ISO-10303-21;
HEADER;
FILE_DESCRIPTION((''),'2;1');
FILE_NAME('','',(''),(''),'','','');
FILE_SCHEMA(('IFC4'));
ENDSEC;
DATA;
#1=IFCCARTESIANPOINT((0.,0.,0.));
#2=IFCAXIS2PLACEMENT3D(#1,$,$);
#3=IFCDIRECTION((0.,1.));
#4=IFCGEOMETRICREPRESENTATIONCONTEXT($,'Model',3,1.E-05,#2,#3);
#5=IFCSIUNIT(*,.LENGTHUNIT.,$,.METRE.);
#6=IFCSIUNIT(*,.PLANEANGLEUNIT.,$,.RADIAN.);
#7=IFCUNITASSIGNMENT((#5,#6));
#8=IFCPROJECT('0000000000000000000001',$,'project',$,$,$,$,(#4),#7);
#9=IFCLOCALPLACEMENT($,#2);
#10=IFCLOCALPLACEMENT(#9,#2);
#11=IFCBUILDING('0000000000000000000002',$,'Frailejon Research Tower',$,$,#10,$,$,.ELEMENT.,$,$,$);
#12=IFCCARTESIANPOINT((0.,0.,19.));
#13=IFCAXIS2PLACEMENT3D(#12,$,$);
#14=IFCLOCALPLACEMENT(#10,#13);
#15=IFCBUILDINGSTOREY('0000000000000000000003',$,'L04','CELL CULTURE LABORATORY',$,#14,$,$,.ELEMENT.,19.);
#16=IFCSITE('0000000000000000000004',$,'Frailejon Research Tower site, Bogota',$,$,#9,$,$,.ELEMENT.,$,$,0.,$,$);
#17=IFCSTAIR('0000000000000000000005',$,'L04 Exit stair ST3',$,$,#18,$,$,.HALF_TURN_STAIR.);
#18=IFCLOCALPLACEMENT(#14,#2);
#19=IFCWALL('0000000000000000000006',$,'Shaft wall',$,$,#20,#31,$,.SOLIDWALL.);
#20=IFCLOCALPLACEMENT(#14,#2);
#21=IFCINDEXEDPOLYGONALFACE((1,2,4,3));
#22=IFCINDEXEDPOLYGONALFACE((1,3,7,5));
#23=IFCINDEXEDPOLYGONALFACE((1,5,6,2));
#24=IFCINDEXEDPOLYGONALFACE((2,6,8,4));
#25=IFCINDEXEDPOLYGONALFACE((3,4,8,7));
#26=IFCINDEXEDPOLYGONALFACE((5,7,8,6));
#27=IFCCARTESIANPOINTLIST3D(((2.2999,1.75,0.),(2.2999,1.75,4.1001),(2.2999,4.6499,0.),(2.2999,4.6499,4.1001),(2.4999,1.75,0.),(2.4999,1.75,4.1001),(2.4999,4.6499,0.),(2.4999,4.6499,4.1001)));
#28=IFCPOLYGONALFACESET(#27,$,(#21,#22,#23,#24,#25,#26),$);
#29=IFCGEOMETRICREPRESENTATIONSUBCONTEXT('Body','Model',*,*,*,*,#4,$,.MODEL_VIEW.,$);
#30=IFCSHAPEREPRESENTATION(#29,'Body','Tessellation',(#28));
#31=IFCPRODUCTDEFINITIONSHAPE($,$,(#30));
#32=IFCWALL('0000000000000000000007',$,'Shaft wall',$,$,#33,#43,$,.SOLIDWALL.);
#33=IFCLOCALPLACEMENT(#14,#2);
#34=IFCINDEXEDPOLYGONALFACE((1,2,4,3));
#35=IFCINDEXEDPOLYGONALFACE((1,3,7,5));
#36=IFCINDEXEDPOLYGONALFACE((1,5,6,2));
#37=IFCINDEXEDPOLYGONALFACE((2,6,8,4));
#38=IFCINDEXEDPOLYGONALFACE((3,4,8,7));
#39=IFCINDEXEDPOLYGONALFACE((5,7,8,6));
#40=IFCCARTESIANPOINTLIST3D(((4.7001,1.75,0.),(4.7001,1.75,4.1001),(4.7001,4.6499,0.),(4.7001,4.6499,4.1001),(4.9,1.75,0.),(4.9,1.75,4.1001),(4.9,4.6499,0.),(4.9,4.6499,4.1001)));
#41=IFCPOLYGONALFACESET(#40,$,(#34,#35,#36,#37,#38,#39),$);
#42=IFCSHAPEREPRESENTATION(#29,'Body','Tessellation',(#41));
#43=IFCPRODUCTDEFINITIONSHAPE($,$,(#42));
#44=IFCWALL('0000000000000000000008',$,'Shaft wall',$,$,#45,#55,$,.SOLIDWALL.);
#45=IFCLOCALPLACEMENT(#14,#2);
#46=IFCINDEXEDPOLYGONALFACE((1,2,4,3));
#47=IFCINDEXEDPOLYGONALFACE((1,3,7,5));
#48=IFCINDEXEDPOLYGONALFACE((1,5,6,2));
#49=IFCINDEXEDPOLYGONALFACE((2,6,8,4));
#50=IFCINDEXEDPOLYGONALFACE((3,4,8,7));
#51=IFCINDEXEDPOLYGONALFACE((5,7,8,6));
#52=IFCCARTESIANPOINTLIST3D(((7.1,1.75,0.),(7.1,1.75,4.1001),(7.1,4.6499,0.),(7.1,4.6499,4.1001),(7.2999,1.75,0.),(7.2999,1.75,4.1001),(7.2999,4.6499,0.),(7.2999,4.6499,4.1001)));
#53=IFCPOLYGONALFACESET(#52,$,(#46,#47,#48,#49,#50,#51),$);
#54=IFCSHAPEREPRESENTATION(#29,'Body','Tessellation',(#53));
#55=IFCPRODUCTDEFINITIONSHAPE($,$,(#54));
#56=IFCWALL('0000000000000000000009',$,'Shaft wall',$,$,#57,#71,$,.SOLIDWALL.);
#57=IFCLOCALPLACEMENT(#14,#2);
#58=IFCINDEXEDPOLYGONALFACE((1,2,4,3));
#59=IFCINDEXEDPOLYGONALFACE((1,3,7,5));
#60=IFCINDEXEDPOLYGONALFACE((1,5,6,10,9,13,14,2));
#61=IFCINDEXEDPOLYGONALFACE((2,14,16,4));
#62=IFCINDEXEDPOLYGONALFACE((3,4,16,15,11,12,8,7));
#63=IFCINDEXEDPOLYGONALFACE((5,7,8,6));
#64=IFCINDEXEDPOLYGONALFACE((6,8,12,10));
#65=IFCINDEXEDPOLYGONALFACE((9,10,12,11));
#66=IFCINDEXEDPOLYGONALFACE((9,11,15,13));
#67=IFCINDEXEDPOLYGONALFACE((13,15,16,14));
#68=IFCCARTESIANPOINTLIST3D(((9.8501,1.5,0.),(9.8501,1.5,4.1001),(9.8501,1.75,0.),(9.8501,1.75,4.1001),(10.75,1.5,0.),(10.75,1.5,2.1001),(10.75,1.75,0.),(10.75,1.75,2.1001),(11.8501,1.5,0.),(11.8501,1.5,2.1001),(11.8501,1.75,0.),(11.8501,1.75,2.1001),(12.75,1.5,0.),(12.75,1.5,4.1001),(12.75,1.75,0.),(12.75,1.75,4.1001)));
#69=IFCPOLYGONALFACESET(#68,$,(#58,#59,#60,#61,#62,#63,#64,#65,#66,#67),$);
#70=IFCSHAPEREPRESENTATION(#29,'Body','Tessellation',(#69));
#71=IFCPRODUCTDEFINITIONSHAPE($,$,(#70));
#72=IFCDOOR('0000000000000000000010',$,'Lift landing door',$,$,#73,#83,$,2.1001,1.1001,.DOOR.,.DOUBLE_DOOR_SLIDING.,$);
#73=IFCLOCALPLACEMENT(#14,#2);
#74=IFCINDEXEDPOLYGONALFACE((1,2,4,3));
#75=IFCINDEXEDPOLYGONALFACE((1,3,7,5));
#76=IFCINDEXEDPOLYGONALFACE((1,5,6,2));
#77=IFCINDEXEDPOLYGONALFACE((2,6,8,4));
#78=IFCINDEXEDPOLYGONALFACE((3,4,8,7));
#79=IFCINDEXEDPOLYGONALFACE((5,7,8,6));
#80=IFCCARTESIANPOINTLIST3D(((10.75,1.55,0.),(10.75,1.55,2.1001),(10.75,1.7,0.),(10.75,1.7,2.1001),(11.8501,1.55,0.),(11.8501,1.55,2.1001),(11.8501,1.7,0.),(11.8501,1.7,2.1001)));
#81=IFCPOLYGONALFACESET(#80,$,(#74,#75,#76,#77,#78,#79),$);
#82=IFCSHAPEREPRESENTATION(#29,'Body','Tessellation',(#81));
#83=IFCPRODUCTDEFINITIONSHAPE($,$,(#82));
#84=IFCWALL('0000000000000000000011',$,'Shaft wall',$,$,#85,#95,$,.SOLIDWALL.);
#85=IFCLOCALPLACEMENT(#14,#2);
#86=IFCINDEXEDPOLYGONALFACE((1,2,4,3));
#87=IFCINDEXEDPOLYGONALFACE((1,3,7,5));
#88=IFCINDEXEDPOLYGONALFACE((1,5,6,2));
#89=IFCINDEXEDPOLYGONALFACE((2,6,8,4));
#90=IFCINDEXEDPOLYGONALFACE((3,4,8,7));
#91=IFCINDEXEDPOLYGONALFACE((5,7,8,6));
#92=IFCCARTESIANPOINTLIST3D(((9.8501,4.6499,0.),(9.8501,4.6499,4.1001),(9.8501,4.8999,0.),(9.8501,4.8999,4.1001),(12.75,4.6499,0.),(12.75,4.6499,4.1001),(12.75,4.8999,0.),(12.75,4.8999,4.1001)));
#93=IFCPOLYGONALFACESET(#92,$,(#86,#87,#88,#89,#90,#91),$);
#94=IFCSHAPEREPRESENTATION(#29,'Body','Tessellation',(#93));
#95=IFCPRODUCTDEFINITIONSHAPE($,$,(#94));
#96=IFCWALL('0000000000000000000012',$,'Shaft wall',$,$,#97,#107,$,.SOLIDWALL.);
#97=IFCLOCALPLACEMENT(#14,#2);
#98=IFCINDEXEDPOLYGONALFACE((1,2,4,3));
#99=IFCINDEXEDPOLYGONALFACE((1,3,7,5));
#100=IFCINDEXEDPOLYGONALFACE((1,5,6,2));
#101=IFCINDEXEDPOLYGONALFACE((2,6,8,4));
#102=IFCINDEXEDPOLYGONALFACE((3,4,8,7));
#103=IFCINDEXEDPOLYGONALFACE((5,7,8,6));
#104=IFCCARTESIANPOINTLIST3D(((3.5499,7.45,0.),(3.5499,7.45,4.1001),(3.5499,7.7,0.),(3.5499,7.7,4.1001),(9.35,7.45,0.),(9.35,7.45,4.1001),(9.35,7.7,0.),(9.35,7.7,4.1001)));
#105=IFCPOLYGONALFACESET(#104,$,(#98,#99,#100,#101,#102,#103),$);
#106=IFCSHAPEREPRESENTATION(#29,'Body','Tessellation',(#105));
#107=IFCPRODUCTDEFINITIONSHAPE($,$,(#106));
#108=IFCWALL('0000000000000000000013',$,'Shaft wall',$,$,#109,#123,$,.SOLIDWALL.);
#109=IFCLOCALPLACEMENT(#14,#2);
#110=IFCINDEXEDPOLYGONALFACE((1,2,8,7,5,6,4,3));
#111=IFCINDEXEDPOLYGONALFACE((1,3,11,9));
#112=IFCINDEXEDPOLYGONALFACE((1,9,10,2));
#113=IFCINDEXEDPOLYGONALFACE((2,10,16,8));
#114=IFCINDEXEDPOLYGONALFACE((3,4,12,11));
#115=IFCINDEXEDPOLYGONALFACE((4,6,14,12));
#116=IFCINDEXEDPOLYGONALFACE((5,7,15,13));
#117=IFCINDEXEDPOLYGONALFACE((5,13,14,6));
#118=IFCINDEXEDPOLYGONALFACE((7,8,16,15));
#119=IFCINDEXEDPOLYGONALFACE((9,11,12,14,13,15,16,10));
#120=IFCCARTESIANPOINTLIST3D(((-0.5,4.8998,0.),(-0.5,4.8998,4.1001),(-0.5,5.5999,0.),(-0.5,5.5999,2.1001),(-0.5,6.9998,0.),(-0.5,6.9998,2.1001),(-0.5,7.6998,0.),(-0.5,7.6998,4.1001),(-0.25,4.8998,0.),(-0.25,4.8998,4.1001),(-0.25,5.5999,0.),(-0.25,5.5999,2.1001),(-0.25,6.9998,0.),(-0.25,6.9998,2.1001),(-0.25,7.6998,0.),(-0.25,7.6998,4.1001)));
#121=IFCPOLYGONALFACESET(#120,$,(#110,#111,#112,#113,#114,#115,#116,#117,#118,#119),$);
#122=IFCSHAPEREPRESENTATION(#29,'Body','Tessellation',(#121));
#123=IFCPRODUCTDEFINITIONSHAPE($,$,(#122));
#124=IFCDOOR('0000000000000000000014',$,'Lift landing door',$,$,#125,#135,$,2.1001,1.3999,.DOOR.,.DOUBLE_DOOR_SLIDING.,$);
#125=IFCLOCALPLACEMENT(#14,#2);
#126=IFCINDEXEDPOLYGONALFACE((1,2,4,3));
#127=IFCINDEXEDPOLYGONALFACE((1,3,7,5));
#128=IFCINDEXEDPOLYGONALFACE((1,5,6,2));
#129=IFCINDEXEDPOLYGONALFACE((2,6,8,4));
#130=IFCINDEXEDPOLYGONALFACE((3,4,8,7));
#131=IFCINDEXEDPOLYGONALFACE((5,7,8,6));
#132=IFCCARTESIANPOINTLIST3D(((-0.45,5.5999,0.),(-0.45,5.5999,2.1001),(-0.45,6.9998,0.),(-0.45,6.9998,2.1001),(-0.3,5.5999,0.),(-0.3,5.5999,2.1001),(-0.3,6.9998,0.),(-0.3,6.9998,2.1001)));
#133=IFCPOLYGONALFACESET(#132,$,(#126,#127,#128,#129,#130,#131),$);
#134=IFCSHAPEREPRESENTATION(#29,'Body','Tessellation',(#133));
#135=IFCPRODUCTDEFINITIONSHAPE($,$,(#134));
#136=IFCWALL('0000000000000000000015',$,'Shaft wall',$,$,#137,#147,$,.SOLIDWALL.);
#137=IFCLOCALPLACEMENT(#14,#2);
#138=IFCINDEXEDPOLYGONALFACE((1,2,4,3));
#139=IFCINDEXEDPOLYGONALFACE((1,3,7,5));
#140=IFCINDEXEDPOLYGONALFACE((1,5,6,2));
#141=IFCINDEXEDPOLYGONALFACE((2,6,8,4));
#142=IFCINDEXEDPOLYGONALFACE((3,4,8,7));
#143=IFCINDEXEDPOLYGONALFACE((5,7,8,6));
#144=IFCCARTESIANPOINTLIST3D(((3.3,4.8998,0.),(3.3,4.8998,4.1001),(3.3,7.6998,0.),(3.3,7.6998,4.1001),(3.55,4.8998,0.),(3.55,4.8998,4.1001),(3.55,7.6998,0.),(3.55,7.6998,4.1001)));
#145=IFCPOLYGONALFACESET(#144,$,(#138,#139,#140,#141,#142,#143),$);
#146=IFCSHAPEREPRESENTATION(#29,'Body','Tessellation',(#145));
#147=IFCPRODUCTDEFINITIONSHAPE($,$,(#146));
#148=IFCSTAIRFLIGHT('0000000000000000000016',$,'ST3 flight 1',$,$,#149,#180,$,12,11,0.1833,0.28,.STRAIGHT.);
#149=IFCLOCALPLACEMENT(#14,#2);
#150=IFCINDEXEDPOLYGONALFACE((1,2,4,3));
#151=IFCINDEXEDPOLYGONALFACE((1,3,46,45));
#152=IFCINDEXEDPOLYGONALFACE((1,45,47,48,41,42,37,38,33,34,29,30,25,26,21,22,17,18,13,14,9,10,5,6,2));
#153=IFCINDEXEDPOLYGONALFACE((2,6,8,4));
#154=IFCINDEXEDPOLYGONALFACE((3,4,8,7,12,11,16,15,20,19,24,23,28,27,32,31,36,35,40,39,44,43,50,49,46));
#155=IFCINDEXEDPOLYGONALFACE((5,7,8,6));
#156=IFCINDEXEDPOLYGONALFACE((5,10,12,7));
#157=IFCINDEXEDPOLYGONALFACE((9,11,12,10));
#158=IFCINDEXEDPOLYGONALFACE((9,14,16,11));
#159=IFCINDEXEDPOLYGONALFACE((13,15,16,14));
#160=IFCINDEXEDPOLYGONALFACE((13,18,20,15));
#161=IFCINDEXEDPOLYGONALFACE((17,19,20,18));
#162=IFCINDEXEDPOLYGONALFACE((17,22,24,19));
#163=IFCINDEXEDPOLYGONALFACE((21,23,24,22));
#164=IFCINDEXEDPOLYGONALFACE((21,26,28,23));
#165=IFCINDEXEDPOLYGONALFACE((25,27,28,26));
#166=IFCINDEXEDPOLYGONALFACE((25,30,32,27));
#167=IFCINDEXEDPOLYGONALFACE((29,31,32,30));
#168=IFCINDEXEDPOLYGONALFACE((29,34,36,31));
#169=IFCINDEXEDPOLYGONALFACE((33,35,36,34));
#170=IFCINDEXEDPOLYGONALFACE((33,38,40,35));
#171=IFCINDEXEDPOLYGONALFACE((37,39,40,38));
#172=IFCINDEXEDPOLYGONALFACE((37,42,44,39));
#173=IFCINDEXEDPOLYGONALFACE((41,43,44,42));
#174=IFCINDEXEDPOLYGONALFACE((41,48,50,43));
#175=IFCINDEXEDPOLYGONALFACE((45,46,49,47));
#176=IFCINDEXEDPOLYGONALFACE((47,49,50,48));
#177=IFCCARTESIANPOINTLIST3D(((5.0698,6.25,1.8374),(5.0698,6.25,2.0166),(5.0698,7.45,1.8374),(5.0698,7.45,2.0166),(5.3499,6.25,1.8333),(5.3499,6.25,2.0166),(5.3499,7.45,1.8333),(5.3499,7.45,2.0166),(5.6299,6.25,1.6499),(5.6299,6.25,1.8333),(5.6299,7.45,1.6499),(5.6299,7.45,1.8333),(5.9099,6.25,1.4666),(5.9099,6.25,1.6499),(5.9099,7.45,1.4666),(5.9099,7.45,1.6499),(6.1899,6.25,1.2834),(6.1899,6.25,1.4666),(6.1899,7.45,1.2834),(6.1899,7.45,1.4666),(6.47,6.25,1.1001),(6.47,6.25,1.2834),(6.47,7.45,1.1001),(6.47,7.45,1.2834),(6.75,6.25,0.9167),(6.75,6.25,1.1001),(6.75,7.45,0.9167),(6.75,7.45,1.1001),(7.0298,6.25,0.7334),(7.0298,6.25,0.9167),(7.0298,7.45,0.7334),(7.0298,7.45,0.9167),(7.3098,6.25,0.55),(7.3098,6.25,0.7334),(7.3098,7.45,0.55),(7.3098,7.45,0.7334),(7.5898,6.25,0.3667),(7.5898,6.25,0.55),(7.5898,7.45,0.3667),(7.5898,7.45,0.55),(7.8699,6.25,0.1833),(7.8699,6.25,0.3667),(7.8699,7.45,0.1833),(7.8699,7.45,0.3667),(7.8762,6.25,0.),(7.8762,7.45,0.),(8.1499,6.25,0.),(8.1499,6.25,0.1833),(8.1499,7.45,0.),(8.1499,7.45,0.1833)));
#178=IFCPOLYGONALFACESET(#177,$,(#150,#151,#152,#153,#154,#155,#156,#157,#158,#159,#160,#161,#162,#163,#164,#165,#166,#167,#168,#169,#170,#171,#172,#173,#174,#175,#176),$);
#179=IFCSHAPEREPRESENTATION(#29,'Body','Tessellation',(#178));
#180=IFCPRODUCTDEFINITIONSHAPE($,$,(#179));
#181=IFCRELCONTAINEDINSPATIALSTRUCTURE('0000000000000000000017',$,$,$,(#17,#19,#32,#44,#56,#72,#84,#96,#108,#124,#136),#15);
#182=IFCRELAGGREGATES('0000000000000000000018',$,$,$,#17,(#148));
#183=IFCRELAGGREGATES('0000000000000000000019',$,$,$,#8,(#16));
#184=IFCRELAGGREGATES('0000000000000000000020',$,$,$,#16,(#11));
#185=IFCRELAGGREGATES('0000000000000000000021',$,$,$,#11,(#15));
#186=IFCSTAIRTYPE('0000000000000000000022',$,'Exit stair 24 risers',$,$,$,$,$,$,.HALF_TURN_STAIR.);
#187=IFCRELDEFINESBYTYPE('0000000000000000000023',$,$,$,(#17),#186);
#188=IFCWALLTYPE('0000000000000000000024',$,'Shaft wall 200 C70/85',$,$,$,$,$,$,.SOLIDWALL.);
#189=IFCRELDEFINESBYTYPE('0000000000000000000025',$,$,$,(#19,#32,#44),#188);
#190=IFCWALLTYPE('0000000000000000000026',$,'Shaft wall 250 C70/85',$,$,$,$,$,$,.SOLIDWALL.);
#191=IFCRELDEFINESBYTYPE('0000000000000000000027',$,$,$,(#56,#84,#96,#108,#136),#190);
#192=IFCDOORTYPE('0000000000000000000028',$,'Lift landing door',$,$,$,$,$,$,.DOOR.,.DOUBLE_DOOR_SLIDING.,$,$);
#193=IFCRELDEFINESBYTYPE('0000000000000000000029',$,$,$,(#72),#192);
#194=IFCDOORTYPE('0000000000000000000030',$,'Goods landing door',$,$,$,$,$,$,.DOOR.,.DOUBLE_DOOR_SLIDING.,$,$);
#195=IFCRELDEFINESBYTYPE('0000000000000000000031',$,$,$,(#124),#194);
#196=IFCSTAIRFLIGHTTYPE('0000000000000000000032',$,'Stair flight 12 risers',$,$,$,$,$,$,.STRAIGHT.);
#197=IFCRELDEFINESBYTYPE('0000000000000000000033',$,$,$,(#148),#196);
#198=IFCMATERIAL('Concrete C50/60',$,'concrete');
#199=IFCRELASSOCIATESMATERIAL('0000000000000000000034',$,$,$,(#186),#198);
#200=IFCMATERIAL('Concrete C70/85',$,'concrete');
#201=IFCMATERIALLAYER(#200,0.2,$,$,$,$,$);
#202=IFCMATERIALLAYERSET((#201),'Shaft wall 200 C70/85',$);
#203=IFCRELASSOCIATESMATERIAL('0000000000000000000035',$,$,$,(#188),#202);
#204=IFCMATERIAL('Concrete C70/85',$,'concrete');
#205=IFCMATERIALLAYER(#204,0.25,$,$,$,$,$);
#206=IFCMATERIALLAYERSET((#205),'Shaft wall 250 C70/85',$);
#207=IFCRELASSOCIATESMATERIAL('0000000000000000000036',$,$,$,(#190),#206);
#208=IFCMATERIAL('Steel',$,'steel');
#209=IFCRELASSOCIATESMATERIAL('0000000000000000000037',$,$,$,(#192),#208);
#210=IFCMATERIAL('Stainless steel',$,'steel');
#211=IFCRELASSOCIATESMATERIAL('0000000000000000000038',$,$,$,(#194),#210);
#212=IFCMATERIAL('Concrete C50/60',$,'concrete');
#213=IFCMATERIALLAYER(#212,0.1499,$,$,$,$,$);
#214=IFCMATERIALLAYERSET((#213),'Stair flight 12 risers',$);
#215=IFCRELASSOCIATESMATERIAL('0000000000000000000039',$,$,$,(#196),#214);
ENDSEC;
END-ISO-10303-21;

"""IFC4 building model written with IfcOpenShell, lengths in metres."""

from ifc_helpers import new_model, si_unit, direction, frame, frame_2d, origin, place, context, subcontext, project, spatial, polyline, rectangle, outline, extrude, material, layer, layer_set, type_object, element, fill, aggregate, save


model = new_model("IFC4")

# Units and contexts
model_context = context("Model", 3, precision=1e-05, world=origin(), true_north=direction((0.0, 1.0)))
body_context = subcontext(model_context, "Body", "Model", "MODEL_VIEW")
ifc_project = project(units=[si_unit("LENGTHUNIT", "METRE"), si_unit("PLANEANGLEUNIT", "RADIAN")], contexts=[model_context])

# Site, building, storey
site_placement = place(None, origin())
site = spatial("IfcSite", under=ifc_project, at=site_placement, Name="Frailejon Research Tower site, Bogota", CompositionType="ELEMENT", RefElevation=0.0)
building_placement = place(site_placement, origin())
building = spatial("IfcBuilding", under=site, at=building_placement, Name="Frailejon Research Tower", CompositionType="ELEMENT")
storey_placement = place(building_placement, frame((0.0, 0.0, 19.0)))
storey = spatial("IfcBuildingStorey", under=building, at=storey_placement, Name="L04", Description="CELL CULTURE LABORATORY", CompositionType="ELEMENT", Elevation=19.0)

# Stair
ifc_material_1 = material(Name="Concrete C50/60", Category="concrete")
stair_type = type_object("IfcStairType", Name="Exit stair 24 risers", PredefinedType="HALF_TURN_STAIR", material=ifc_material_1)
stair_1_placement = place(storey_placement, origin())
stair_1 = element("IfcStair", 1, at=stair_1_placement, inside=storey, type_object=stair_type, Name="L04 Exit stair ST3", PredefinedType="HALF_TURN_STAIR")

# Walls
ifc_material_2 = material(Name="Concrete C70/85", Category="concrete")
ifc_layer_1 = layer(ifc_material_2, 0.2)
ifc_layer_set_1 = layer_set([ifc_layer_1], Name="Shaft wall 200 C70/85")
wall_type_1 = type_object("IfcWallType", Name="Shaft wall 200 C70/85", PredefinedType="SOLIDWALL", material=ifc_layer_set_1)
for number, where, z_axis, x_axis, name in (
    (2, (2.3999, 1.75, 0.0), (0.0, 0.0, 1.0), (0.0, 1.0, 0.0), "Shaft wall"),
    (3, (4.8, 1.75, 0.0), (0.0, 0.0, 1.0), (0.0, 1.0, 0.0), "Shaft wall"),
    (4, (7.2, 1.75, 0.0), (0.0, 0.0, 1.0), (0.0, 1.0, 0.0), "Shaft wall"),
):
    element("IfcWall", number, at=place(storey_placement, frame(where, z_axis=z_axis, x_axis=x_axis)), inside=storey, type_object=wall_type_1, Name=name, PredefinedType="SOLIDWALL", context=body_context, shape_type="SweptSolid", body=[
        extrude(rectangle(XDim=2.8999, YDim=0.2, at=frame_2d((1.45, 0.0))), origin(), (0.0, 0.0, 1.0), 4.1001),
    ])

# Wall, opening, door
ifc_material_3 = material(Name="Concrete C70/85", Category="concrete")
ifc_layer_2 = layer(ifc_material_3, 0.25)
ifc_layer_set_2 = layer_set([ifc_layer_2], Name="Shaft wall 250 C70/85")
wall_type_2 = type_object("IfcWallType", Name="Shaft wall 250 C70/85", PredefinedType="SOLIDWALL", material=ifc_layer_set_2)
wall_1_placement = place(storey_placement, frame((9.8501, 1.625, 0.0), z_axis=(0.0, 0.0, 1.0), x_axis=(1.0, 0.0, 0.0)))
wall_1 = element("IfcWall", 5, at=wall_1_placement, inside=storey, type_object=wall_type_2, Name="Shaft wall", PredefinedType="SOLIDWALL", context=body_context, shape_type="SweptSolid", body=[
    extrude(rectangle(XDim=2.8999, YDim=0.25, at=frame_2d((1.45, 0.0))), origin(), (0.0, 0.0, 1.0), 4.1001),
])
opening_1_placement = place(wall_1_placement, frame((0.8999, 0.0, 0.0)))
opening_1 = element("IfcOpeningElement", 6, at=opening_1_placement, cuts=wall_1, PredefinedType="OPENING", context=body_context, shape_type="SweptSolid", body=[
    extrude(rectangle(XDim=1.1001, YDim=2.1001, at=frame_2d((0.55, 1.05))), frame((0.0, 0.135, 0.0), z_axis=(0.0, -1.0, 0.0), x_axis=(1.0, 0.0, 0.0)), (0.0, 0.0, 1.0), 0.27),
])
ifc_material_4 = material(Name="Steel", Category="steel")
door_type_1 = type_object("IfcDoorType", Name="Lift landing door", OperationType="DOUBLE_DOOR_SLIDING", PredefinedType="DOOR", material=ifc_material_4)
door_1_placement = place(opening_1_placement, origin())
door_1 = element("IfcDoor", 7, at=door_1_placement, inside=storey, type_object=door_type_1, Name="Lift landing door", OperationType="DOUBLE_DOOR_SLIDING", OverallHeight=2.1001, OverallWidth=1.1001, PredefinedType="DOOR", context=body_context, shape_type="SweptSolid", body=[
    extrude(rectangle(XDim=1.1001, YDim=2.1001, at=frame_2d((0.55, 1.05))), frame((0.0, 0.075, 0.0), z_axis=(0.0, -1.0, 0.0), x_axis=(1.0, 0.0, 0.0)), (0.0, 0.0, 1.0), 0.1499),
])
fill(opening_1, door_1)

# Walls
wall_2_placement = place(storey_placement, frame((9.8501, 4.7749, 0.0), z_axis=(0.0, 0.0, 1.0), x_axis=(1.0, 0.0, 0.0)))
element("IfcWall", 8, at=wall_2_placement, inside=storey, type_object=wall_type_2, Name="Shaft wall", PredefinedType="SOLIDWALL", context=body_context, shape_type="SweptSolid", body=[
    extrude(rectangle(XDim=2.8999, YDim=0.25, at=frame_2d((1.45, 0.0))), origin(), (0.0, 0.0, 1.0), 4.1001),
])
wall_3_placement = place(storey_placement, frame((3.55, 7.575, 0.0), z_axis=(0.0, 0.0, 1.0), x_axis=(1.0, 0.0, 0.0)))
element("IfcWall", 9, at=wall_3_placement, inside=storey, type_object=wall_type_2, Name="Shaft wall", PredefinedType="SOLIDWALL", context=body_context, shape_type="SweptSolid", body=[
    extrude(rectangle(XDim=5.8, YDim=0.25, at=frame_2d((2.8999, 0.0))), origin(), (0.0, 0.0, 1.0), 4.1001),
])

# Wall, opening, door
wall_4_placement = place(storey_placement, frame((-0.375, 4.8999, 0.0), z_axis=(0.0, 0.0, 1.0), x_axis=(0.0, 1.0, 0.0)))
wall_4 = element("IfcWall", 10, at=wall_4_placement, inside=storey, type_object=wall_type_2, Name="Shaft wall", PredefinedType="SOLIDWALL", context=body_context, shape_type="SweptSolid", body=[
    extrude(rectangle(XDim=2.8, YDim=0.25, at=frame_2d((1.3999, 0.0))), origin(), (0.0, 0.0, 1.0), 4.1001),
])
opening_2_placement = place(wall_4_placement, frame((0.7, 0.0, 0.0)))
opening_2 = element("IfcOpeningElement", 11, at=opening_2_placement, cuts=wall_4, PredefinedType="OPENING", context=body_context, shape_type="SweptSolid", body=[
    extrude(rectangle(XDim=1.3999, YDim=2.1001, at=frame_2d((0.7, 1.05))), frame((0.0, 0.135, 0.0), z_axis=(0.0, -1.0, 0.0), x_axis=(1.0, 0.0, 0.0)), (0.0, 0.0, 1.0), 0.27),
])
ifc_material_5 = material(Name="Stainless steel", Category="steel")
door_type_2 = type_object("IfcDoorType", Name="Goods landing door", OperationType="DOUBLE_DOOR_SLIDING", PredefinedType="DOOR", material=ifc_material_5)
door_2_placement = place(opening_2_placement, origin())
door_2 = element("IfcDoor", 12, at=door_2_placement, inside=storey, type_object=door_type_2, Name="Lift landing door", OperationType="DOUBLE_DOOR_SLIDING", OverallHeight=2.1001, OverallWidth=1.3999, PredefinedType="DOOR", context=body_context, shape_type="SweptSolid", body=[
    extrude(rectangle(XDim=1.3999, YDim=2.1001, at=frame_2d((0.7, 1.05))), frame((0.0, 0.075, 0.0), z_axis=(0.0, -1.0, 0.0), x_axis=(1.0, 0.0, 0.0)), (0.0, 0.0, 1.0), 0.1499),
])
fill(opening_2, door_2)

# Wall
wall_5_placement = place(storey_placement, frame((3.425, 4.8999, 0.0), z_axis=(0.0, 0.0, 1.0), x_axis=(0.0, 1.0, 0.0)))
element("IfcWall", 13, at=wall_5_placement, inside=storey, type_object=wall_type_2, Name="Shaft wall", PredefinedType="SOLIDWALL", context=body_context, shape_type="SweptSolid", body=[
    extrude(rectangle(XDim=2.8, YDim=0.25, at=frame_2d((1.3999, 0.0))), origin(), (0.0, 0.0, 1.0), 4.1001),
])

# Stair flight
ifc_material_6 = material(Name="Concrete C50/60", Category="concrete")
ifc_layer_3 = layer(ifc_material_6, 0.1499)
ifc_layer_set_3 = layer_set([ifc_layer_3], Name="Stair flight 12 risers")
stair_flight_type = type_object("IfcStairFlightType", Name="Stair flight 12 risers", PredefinedType="STRAIGHT", material=ifc_layer_set_3)
stair_flight_1_placement = place(storey_placement, frame((8.1499, 6.8501, 0.0), z_axis=(0.0, 0.0, 1.0), x_axis=(-1.0, 0.0, 0.0)))
stair_flight_1 = element("IfcStairFlight", 14, at=stair_flight_1_placement, type_object=stair_flight_type, Name="ST3 flight 1", NumberOfRisers=12, NumberOfTreads=11, PredefinedType="STRAIGHT", RiserHeight=0.1833, TreadLength=0.28, context=body_context, shape_type="SweptSolid", body=[
    extrude(outline(polyline([(0.0, 0.0), (0.0, 0.1833), (0.28, 0.1833), (0.28, 0.3667), (0.5601, 0.3667), (0.5601, 0.55), (0.8401, 0.55), (0.8401, 0.7334), (1.1201, 0.7334), (1.1201, 0.9167), (1.3999, 0.9167), (1.3999, 1.1001), (1.6799, 1.1001), (1.6799, 1.2834), (1.96, 1.2834), (1.96, 1.4666), (2.24, 1.4666), (2.24, 1.6499), (2.52, 1.6499), (2.52, 1.8333), (2.8, 1.8333), (2.8, 2.0166), (3.0801, 2.0166), (3.0801, 2.2), (3.0801, 1.8374), (0.2737, 0.0), (0.0, 0.0)])), frame((0.0, 0.6001, 0.0), z_axis=(0.0, -1.0, 0.0), x_axis=(1.0, 0.0, 0.0)), (0.0, 0.0, 1.0), 1.2),
])
aggregate(stair_1, [stair_flight_1])

save(model, "model.ifc")
